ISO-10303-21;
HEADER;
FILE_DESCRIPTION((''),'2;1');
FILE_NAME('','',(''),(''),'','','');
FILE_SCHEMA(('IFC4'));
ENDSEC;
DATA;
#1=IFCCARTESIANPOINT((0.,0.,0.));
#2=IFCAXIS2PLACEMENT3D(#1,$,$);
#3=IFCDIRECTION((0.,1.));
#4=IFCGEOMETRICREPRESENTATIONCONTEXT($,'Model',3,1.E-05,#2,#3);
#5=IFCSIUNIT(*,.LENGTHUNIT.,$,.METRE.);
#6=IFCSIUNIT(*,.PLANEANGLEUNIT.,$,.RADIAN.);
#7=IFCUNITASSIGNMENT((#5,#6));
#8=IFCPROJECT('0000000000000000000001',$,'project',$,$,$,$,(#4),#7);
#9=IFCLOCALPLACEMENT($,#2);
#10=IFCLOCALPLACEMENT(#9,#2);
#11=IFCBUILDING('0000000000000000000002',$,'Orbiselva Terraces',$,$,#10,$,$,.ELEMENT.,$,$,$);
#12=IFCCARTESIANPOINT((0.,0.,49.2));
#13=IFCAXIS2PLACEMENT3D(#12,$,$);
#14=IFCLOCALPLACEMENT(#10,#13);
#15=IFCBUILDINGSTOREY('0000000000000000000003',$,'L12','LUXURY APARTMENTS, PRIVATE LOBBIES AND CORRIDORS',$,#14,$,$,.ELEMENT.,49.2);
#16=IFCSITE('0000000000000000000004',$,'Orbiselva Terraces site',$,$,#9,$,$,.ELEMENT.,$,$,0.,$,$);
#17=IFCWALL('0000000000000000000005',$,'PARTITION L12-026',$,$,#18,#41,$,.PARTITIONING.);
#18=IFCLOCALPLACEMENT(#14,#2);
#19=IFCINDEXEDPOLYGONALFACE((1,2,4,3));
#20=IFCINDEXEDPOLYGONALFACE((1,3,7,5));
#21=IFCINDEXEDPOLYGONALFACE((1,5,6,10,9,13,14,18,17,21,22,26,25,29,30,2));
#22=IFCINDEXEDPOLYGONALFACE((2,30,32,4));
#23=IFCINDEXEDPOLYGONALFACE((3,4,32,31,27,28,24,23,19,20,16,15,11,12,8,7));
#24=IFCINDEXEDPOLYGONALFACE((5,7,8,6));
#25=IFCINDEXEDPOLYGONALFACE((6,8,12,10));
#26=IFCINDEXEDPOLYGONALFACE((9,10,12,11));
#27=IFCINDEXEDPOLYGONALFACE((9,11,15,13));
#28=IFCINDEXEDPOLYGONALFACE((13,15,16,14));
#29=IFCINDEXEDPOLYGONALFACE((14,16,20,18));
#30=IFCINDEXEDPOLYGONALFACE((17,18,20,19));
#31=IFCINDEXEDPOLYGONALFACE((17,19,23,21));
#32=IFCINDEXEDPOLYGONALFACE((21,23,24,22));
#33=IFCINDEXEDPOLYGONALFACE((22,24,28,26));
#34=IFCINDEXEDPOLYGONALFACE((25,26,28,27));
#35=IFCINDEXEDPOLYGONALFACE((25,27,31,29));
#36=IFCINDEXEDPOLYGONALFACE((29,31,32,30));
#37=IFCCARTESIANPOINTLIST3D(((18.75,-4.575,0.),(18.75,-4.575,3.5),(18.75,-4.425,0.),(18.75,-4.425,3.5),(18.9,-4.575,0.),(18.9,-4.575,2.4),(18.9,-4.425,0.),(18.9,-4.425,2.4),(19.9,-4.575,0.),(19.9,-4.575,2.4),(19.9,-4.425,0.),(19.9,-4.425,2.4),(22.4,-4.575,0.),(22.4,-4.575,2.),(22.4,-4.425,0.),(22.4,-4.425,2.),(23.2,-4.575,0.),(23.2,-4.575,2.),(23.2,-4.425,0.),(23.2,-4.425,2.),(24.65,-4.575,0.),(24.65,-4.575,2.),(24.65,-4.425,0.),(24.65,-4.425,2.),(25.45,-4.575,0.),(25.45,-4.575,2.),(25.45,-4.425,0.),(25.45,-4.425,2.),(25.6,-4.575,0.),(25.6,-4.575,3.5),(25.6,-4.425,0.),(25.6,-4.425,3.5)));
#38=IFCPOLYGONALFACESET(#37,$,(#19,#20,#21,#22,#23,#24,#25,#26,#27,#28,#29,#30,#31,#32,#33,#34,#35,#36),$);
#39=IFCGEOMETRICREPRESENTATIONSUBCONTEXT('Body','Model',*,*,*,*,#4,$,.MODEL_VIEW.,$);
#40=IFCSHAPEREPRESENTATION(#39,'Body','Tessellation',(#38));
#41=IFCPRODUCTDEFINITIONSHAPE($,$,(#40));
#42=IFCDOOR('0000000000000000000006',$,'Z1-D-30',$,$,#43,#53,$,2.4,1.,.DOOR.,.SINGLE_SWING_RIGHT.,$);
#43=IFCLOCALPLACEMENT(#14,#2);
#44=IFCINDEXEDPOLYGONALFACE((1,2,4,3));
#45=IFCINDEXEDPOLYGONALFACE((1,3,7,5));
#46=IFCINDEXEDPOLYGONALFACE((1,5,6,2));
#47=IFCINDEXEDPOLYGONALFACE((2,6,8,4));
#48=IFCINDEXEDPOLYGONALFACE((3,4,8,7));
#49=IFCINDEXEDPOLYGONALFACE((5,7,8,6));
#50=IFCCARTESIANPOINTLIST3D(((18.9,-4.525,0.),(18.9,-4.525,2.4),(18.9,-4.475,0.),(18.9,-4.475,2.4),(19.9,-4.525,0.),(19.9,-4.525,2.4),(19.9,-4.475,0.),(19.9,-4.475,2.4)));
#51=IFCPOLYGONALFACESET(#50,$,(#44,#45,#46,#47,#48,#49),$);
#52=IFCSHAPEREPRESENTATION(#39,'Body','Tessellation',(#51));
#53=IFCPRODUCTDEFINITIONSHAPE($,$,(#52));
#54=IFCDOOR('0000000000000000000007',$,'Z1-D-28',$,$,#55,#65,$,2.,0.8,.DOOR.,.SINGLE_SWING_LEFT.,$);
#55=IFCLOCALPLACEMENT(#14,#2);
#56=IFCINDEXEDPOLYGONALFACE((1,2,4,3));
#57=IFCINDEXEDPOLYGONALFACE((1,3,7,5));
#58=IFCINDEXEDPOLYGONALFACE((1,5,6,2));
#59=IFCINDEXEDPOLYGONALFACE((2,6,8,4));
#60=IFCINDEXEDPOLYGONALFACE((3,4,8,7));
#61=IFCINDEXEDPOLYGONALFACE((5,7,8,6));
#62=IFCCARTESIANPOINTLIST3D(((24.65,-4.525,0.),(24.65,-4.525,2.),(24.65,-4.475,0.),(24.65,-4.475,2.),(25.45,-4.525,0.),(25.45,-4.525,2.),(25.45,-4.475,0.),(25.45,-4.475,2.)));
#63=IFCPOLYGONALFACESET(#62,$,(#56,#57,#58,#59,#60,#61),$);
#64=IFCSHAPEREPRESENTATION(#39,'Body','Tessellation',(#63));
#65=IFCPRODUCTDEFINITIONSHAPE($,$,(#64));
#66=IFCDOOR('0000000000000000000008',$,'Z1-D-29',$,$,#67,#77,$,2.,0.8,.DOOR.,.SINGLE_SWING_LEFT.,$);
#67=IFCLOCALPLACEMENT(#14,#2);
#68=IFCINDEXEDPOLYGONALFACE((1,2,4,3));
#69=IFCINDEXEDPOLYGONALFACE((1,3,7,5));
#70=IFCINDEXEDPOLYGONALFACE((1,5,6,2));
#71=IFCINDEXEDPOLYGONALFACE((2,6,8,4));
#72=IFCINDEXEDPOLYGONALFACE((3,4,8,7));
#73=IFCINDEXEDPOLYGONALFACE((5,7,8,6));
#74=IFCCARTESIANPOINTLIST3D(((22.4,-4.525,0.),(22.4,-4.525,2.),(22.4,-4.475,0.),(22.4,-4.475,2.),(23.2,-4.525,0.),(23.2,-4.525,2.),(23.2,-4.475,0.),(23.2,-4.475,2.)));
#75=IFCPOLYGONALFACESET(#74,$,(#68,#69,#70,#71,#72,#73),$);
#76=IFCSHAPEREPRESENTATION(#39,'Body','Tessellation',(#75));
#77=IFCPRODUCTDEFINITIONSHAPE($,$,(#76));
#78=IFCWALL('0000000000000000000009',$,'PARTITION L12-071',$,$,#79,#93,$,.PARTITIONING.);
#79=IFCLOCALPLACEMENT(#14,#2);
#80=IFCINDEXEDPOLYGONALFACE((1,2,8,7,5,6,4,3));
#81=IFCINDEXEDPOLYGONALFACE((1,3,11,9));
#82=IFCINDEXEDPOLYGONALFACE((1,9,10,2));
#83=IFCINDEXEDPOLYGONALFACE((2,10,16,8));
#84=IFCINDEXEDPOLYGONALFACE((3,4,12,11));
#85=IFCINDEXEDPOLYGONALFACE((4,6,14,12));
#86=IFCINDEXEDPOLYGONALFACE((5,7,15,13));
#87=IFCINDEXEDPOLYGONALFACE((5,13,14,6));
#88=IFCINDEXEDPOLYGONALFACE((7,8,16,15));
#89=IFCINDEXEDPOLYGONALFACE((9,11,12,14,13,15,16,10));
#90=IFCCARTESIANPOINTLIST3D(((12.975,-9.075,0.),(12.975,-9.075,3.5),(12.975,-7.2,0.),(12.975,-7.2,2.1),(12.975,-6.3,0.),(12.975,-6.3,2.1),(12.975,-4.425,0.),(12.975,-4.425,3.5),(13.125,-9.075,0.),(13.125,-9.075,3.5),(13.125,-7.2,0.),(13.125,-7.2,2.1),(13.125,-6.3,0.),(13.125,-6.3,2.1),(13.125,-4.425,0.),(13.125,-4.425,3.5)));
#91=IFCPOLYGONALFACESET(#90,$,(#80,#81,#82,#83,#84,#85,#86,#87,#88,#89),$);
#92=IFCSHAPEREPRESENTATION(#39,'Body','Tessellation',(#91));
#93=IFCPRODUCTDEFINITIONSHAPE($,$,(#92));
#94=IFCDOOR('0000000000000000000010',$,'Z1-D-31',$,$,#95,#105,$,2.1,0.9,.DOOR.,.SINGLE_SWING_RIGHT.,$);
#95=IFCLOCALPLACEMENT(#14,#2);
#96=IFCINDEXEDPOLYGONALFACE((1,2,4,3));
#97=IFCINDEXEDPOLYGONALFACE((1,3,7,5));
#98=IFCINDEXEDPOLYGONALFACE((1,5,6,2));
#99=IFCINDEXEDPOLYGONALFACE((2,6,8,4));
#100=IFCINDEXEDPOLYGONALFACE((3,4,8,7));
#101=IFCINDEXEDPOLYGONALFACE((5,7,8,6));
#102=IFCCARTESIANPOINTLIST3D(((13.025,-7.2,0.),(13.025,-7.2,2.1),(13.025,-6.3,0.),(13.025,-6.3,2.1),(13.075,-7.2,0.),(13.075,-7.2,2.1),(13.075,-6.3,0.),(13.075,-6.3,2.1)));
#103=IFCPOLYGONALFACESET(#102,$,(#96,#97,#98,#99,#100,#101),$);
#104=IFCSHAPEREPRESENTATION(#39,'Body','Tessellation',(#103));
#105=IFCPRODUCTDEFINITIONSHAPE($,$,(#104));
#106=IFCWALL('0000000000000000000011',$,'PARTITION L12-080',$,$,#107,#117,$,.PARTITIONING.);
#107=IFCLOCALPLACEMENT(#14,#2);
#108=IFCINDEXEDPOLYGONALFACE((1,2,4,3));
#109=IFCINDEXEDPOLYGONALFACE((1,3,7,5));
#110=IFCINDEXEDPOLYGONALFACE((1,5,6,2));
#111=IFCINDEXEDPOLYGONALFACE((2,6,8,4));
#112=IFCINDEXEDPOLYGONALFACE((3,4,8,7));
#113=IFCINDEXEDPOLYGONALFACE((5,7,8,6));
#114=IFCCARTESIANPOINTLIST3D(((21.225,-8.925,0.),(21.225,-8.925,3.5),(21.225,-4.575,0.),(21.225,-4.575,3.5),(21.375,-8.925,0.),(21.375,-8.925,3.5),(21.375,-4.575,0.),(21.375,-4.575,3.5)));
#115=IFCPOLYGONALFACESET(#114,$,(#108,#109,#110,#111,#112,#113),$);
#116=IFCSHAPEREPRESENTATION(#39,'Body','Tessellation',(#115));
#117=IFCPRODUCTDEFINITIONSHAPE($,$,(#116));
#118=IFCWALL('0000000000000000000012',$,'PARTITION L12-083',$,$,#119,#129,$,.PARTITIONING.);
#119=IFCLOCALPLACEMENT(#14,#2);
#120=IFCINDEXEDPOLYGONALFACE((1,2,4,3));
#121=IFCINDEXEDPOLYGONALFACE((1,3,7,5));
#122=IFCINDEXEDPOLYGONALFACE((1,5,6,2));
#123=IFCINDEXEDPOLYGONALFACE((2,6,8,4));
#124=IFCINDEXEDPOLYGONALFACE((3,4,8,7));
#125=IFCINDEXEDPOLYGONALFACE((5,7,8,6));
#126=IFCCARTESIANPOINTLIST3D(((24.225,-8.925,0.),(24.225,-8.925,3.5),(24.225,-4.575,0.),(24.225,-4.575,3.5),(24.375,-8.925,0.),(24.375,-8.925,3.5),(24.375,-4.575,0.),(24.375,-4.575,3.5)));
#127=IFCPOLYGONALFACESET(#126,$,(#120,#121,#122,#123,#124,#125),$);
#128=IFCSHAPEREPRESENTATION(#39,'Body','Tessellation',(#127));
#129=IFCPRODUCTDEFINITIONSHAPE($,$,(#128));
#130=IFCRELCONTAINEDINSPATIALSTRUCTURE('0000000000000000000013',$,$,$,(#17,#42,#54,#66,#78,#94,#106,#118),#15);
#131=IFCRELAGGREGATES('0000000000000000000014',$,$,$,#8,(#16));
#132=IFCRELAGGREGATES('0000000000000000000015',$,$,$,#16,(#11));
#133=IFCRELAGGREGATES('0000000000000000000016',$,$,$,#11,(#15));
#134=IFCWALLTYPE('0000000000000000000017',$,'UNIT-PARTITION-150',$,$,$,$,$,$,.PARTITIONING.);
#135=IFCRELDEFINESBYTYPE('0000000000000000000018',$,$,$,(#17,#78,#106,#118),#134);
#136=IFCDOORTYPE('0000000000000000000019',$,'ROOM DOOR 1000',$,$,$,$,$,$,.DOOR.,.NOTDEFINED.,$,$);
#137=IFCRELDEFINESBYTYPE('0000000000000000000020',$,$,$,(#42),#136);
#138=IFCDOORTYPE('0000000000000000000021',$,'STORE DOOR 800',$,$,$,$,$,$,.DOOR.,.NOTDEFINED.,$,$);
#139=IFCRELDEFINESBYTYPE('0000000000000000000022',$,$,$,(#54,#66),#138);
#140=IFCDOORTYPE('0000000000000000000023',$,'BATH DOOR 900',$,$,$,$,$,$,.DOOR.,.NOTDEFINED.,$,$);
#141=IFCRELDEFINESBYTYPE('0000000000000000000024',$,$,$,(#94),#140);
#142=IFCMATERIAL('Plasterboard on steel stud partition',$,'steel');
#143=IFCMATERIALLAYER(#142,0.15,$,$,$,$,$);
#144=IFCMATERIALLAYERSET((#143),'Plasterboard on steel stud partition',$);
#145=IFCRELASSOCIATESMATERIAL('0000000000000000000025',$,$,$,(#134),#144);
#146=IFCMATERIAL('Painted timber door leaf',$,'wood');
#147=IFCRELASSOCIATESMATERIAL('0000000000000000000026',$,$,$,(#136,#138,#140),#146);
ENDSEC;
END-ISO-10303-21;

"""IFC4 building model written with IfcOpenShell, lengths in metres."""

from ifc_helpers import new_model, si_unit, direction, frame, frame_2d, origin, place, context, subcontext, project, spatial, rectangle, extrude, material, layer, layer_set, type_object, element, fill, save


model = new_model("IFC4")

# Units and contexts
model_context = context("Model", 3, precision=1e-05, world=origin(), true_north=direction((0.0, 1.0)))
body_context = subcontext(model_context, "Body", "Model", "MODEL_VIEW")
ifc_project = project(units=[si_unit("LENGTHUNIT", "METRE"), si_unit("PLANEANGLEUNIT", "RADIAN")], contexts=[model_context])

# Site, building, storey
site_placement = place(None, origin())
site = spatial("IfcSite", under=ifc_project, at=site_placement, Name="Orbiselva Terraces site", CompositionType="ELEMENT", RefElevation=0.0)
building_placement = place(site_placement, origin())
building = spatial("IfcBuilding", under=site, at=building_placement, Name="Orbiselva Terraces", CompositionType="ELEMENT")
storey_placement = place(building_placement, frame((0.0, 0.0, 49.2)))
storey = spatial("IfcBuildingStorey", under=building, at=storey_placement, Name="L12", Description="LUXURY APARTMENTS, PRIVATE LOBBIES AND CORRIDORS", CompositionType="ELEMENT", Elevation=49.2)

# Shared definitions
ifc_material_1 = material(Name="Plasterboard on steel stud partition", Category="steel")
ifc_layer_1 = layer(ifc_material_1, 0.15)
ifc_layer_set_1 = layer_set([ifc_layer_1], Name="Plasterboard on steel stud partition")
wall_type_1 = type_object("IfcWallType", Name="UNIT-PARTITION-150", PredefinedType="PARTITIONING", material=ifc_layer_set_1)

# Wall, openings, doors
wall_1_placement = place(storey_placement, frame((25.6, -4.5, 0.0), z_axis=(0.0, 0.0, 1.0), x_axis=(-1.0, 0.0, 0.0)))
wall_1 = element("IfcWall", 1, at=wall_1_placement, inside=storey, type_object=wall_type_1, Name="PARTITION L12-026", PredefinedType="PARTITIONING", context=body_context, shape_type="SweptSolid", body=[
    extrude(rectangle(XDim=6.85, YDim=0.15, at=frame_2d((3.425, 0.0))), origin(), (0.0, 0.0, 1.0), 3.5),
])
opening_1_placement = place(wall_1_placement, frame((0.15, 0.0, 0.0)))
opening_1 = element("IfcOpeningElement", 2, at=opening_1_placement, cuts=wall_1, PredefinedType="OPENING", context=body_context, shape_type="SweptSolid", body=[
    extrude(rectangle(XDim=0.8, YDim=2.0, at=frame_2d((0.4, 1.0))), frame((0.0, 0.085, 0.0), z_axis=(0.0, -1.0, 0.0), x_axis=(1.0, 0.0, 0.0)), (0.0, 0.0, 1.0), 0.17),
])
opening_2_placement = place(wall_1_placement, frame((2.4, 0.0, 0.0)))
opening_2 = element("IfcOpeningElement", 3, at=opening_2_placement, cuts=wall_1, PredefinedType="OPENING", context=body_context, shape_type="SweptSolid", body=[
    extrude(rectangle(XDim=0.8, YDim=2.0, at=frame_2d((0.4, 1.0))), frame((0.0, 0.085, 0.0), z_axis=(0.0, -1.0, 0.0), x_axis=(1.0, 0.0, 0.0)), (0.0, 0.0, 1.0), 0.17),
])
opening_3_placement = place(wall_1_placement, frame((5.7, 0.0, 0.0)))
opening_3 = element("IfcOpeningElement", 4, at=opening_3_placement, cuts=wall_1, PredefinedType="OPENING", context=body_context, shape_type="SweptSolid", body=[
    extrude(rectangle(XDim=1.0, YDim=2.4, at=frame_2d((0.5, 1.2))), frame((0.0, 0.085, 0.0), z_axis=(0.0, -1.0, 0.0), x_axis=(1.0, 0.0, 0.0)), (0.0, 0.0, 1.0), 0.17),
])
ifc_material_2 = material(Name="Painted timber door leaf", Category="wood")
door_type_1 = type_object("IfcDoorType", Name="ROOM DOOR 1000", OperationType="NOTDEFINED", PredefinedType="DOOR", material=ifc_material_2)
door_1_placement = place(opening_3_placement, origin())
door_1 = element("IfcDoor", 5, at=door_1_placement, inside=storey, type_object=door_type_1, Name="Z1-D-30", OperationType="SINGLE_SWING_RIGHT", OverallHeight=2.4, OverallWidth=1.0, PredefinedType="DOOR", context=body_context, shape_type="SweptSolid", body=[
    extrude(rectangle(XDim=1.0, YDim=2.4, at=frame_2d((0.5, 1.2))), frame((0.0, 0.025, 0.0), z_axis=(0.0, -1.0, 0.0), x_axis=(1.0, 0.0, 0.0)), (0.0, 0.0, 1.0), 0.05),
])
fill(opening_3, door_1)
door_type_2 = type_object("IfcDoorType", Name="STORE DOOR 800", OperationType="NOTDEFINED", PredefinedType="DOOR", material=ifc_material_2)
door_2_placement = place(opening_1_placement, origin())
door_2 = element("IfcDoor", 6, at=door_2_placement, inside=storey, type_object=door_type_2, Name="Z1-D-28", OperationType="SINGLE_SWING_LEFT", OverallHeight=2.0, OverallWidth=0.8, PredefinedType="DOOR", context=body_context, shape_type="SweptSolid", body=[
    extrude(rectangle(XDim=0.8, YDim=2.0, at=frame_2d((0.4, 1.0))), frame((0.0, 0.025, 0.0), z_axis=(0.0, -1.0, 0.0), x_axis=(1.0, 0.0, 0.0)), (0.0, 0.0, 1.0), 0.05),
])
fill(opening_1, door_2)
door_3_placement = place(opening_2_placement, origin())
door_3 = element("IfcDoor", 7, at=door_3_placement, inside=storey, type_object=door_type_2, Name="Z1-D-29", OperationType="SINGLE_SWING_LEFT", OverallHeight=2.0, OverallWidth=0.8, PredefinedType="DOOR", context=body_context, shape_type="SweptSolid", body=[
    extrude(rectangle(XDim=0.8, YDim=2.0, at=frame_2d((0.4, 1.0))), frame((0.0, 0.025, 0.0), z_axis=(0.0, -1.0, 0.0), x_axis=(1.0, 0.0, 0.0)), (0.0, 0.0, 1.0), 0.05),
])
fill(opening_2, door_3)

# Wall, opening, door
wall_2_placement = place(storey_placement, frame((13.05, -4.425, 0.0), z_axis=(0.0, 0.0, 1.0), x_axis=(0.0, -1.0, 0.0)))
wall_2 = element("IfcWall", 8, at=wall_2_placement, inside=storey, type_object=wall_type_1, Name="PARTITION L12-071", PredefinedType="PARTITIONING", context=body_context, shape_type="SweptSolid", body=[
    extrude(rectangle(XDim=4.65, YDim=0.15, at=frame_2d((2.325, 0.0))), origin(), (0.0, 0.0, 1.0), 3.5),
])
opening_4_placement = place(wall_2_placement, frame((1.875, 0.0, 0.0)))
opening_4 = element("IfcOpeningElement", 9, at=opening_4_placement, cuts=wall_2, PredefinedType="OPENING", context=body_context, shape_type="SweptSolid", body=[
    extrude(rectangle(XDim=0.9, YDim=2.1, at=frame_2d((0.45, 1.05))), frame((0.0, 0.085, 0.0), z_axis=(0.0, -1.0, 0.0), x_axis=(1.0, 0.0, 0.0)), (0.0, 0.0, 1.0), 0.17),
])
door_type_3 = type_object("IfcDoorType", Name="BATH DOOR 900", OperationType="NOTDEFINED", PredefinedType="DOOR", material=ifc_material_2)
door_4_placement = place(opening_4_placement, origin())
door_4 = element("IfcDoor", 10, at=door_4_placement, inside=storey, type_object=door_type_3, Name="Z1-D-31", OperationType="SINGLE_SWING_RIGHT", OverallHeight=2.1, OverallWidth=0.9, PredefinedType="DOOR", context=body_context, shape_type="SweptSolid", body=[
    extrude(rectangle(XDim=0.9, YDim=2.1, at=frame_2d((0.45, 1.05))), frame((0.0, 0.025, 0.0), z_axis=(0.0, -1.0, 0.0), x_axis=(1.0, 0.0, 0.0)), (0.0, 0.0, 1.0), 0.05),
])
fill(opening_4, door_4)

# Walls
for number, where, z_axis, x_axis, name in (
    (11, (21.3, -8.925, 0.0), (0.0, 0.0, 1.0), (0.0, 1.0, 0.0), "PARTITION L12-080"),
    (12, (24.3, -8.925, 0.0), (0.0, 0.0, 1.0), (0.0, 1.0, 0.0), "PARTITION L12-083"),
):
    element("IfcWall", number, at=place(storey_placement, frame(where, z_axis=z_axis, x_axis=x_axis)), inside=storey, type_object=wall_type_1, Name=name, PredefinedType="PARTITIONING", context=body_context, shape_type="SweptSolid", body=[
        extrude(rectangle(XDim=4.35, YDim=0.15, at=frame_2d((2.175, 0.0))), origin(), (0.0, 0.0, 1.0), 3.5),
    ])

save(model, "model.ifc")
